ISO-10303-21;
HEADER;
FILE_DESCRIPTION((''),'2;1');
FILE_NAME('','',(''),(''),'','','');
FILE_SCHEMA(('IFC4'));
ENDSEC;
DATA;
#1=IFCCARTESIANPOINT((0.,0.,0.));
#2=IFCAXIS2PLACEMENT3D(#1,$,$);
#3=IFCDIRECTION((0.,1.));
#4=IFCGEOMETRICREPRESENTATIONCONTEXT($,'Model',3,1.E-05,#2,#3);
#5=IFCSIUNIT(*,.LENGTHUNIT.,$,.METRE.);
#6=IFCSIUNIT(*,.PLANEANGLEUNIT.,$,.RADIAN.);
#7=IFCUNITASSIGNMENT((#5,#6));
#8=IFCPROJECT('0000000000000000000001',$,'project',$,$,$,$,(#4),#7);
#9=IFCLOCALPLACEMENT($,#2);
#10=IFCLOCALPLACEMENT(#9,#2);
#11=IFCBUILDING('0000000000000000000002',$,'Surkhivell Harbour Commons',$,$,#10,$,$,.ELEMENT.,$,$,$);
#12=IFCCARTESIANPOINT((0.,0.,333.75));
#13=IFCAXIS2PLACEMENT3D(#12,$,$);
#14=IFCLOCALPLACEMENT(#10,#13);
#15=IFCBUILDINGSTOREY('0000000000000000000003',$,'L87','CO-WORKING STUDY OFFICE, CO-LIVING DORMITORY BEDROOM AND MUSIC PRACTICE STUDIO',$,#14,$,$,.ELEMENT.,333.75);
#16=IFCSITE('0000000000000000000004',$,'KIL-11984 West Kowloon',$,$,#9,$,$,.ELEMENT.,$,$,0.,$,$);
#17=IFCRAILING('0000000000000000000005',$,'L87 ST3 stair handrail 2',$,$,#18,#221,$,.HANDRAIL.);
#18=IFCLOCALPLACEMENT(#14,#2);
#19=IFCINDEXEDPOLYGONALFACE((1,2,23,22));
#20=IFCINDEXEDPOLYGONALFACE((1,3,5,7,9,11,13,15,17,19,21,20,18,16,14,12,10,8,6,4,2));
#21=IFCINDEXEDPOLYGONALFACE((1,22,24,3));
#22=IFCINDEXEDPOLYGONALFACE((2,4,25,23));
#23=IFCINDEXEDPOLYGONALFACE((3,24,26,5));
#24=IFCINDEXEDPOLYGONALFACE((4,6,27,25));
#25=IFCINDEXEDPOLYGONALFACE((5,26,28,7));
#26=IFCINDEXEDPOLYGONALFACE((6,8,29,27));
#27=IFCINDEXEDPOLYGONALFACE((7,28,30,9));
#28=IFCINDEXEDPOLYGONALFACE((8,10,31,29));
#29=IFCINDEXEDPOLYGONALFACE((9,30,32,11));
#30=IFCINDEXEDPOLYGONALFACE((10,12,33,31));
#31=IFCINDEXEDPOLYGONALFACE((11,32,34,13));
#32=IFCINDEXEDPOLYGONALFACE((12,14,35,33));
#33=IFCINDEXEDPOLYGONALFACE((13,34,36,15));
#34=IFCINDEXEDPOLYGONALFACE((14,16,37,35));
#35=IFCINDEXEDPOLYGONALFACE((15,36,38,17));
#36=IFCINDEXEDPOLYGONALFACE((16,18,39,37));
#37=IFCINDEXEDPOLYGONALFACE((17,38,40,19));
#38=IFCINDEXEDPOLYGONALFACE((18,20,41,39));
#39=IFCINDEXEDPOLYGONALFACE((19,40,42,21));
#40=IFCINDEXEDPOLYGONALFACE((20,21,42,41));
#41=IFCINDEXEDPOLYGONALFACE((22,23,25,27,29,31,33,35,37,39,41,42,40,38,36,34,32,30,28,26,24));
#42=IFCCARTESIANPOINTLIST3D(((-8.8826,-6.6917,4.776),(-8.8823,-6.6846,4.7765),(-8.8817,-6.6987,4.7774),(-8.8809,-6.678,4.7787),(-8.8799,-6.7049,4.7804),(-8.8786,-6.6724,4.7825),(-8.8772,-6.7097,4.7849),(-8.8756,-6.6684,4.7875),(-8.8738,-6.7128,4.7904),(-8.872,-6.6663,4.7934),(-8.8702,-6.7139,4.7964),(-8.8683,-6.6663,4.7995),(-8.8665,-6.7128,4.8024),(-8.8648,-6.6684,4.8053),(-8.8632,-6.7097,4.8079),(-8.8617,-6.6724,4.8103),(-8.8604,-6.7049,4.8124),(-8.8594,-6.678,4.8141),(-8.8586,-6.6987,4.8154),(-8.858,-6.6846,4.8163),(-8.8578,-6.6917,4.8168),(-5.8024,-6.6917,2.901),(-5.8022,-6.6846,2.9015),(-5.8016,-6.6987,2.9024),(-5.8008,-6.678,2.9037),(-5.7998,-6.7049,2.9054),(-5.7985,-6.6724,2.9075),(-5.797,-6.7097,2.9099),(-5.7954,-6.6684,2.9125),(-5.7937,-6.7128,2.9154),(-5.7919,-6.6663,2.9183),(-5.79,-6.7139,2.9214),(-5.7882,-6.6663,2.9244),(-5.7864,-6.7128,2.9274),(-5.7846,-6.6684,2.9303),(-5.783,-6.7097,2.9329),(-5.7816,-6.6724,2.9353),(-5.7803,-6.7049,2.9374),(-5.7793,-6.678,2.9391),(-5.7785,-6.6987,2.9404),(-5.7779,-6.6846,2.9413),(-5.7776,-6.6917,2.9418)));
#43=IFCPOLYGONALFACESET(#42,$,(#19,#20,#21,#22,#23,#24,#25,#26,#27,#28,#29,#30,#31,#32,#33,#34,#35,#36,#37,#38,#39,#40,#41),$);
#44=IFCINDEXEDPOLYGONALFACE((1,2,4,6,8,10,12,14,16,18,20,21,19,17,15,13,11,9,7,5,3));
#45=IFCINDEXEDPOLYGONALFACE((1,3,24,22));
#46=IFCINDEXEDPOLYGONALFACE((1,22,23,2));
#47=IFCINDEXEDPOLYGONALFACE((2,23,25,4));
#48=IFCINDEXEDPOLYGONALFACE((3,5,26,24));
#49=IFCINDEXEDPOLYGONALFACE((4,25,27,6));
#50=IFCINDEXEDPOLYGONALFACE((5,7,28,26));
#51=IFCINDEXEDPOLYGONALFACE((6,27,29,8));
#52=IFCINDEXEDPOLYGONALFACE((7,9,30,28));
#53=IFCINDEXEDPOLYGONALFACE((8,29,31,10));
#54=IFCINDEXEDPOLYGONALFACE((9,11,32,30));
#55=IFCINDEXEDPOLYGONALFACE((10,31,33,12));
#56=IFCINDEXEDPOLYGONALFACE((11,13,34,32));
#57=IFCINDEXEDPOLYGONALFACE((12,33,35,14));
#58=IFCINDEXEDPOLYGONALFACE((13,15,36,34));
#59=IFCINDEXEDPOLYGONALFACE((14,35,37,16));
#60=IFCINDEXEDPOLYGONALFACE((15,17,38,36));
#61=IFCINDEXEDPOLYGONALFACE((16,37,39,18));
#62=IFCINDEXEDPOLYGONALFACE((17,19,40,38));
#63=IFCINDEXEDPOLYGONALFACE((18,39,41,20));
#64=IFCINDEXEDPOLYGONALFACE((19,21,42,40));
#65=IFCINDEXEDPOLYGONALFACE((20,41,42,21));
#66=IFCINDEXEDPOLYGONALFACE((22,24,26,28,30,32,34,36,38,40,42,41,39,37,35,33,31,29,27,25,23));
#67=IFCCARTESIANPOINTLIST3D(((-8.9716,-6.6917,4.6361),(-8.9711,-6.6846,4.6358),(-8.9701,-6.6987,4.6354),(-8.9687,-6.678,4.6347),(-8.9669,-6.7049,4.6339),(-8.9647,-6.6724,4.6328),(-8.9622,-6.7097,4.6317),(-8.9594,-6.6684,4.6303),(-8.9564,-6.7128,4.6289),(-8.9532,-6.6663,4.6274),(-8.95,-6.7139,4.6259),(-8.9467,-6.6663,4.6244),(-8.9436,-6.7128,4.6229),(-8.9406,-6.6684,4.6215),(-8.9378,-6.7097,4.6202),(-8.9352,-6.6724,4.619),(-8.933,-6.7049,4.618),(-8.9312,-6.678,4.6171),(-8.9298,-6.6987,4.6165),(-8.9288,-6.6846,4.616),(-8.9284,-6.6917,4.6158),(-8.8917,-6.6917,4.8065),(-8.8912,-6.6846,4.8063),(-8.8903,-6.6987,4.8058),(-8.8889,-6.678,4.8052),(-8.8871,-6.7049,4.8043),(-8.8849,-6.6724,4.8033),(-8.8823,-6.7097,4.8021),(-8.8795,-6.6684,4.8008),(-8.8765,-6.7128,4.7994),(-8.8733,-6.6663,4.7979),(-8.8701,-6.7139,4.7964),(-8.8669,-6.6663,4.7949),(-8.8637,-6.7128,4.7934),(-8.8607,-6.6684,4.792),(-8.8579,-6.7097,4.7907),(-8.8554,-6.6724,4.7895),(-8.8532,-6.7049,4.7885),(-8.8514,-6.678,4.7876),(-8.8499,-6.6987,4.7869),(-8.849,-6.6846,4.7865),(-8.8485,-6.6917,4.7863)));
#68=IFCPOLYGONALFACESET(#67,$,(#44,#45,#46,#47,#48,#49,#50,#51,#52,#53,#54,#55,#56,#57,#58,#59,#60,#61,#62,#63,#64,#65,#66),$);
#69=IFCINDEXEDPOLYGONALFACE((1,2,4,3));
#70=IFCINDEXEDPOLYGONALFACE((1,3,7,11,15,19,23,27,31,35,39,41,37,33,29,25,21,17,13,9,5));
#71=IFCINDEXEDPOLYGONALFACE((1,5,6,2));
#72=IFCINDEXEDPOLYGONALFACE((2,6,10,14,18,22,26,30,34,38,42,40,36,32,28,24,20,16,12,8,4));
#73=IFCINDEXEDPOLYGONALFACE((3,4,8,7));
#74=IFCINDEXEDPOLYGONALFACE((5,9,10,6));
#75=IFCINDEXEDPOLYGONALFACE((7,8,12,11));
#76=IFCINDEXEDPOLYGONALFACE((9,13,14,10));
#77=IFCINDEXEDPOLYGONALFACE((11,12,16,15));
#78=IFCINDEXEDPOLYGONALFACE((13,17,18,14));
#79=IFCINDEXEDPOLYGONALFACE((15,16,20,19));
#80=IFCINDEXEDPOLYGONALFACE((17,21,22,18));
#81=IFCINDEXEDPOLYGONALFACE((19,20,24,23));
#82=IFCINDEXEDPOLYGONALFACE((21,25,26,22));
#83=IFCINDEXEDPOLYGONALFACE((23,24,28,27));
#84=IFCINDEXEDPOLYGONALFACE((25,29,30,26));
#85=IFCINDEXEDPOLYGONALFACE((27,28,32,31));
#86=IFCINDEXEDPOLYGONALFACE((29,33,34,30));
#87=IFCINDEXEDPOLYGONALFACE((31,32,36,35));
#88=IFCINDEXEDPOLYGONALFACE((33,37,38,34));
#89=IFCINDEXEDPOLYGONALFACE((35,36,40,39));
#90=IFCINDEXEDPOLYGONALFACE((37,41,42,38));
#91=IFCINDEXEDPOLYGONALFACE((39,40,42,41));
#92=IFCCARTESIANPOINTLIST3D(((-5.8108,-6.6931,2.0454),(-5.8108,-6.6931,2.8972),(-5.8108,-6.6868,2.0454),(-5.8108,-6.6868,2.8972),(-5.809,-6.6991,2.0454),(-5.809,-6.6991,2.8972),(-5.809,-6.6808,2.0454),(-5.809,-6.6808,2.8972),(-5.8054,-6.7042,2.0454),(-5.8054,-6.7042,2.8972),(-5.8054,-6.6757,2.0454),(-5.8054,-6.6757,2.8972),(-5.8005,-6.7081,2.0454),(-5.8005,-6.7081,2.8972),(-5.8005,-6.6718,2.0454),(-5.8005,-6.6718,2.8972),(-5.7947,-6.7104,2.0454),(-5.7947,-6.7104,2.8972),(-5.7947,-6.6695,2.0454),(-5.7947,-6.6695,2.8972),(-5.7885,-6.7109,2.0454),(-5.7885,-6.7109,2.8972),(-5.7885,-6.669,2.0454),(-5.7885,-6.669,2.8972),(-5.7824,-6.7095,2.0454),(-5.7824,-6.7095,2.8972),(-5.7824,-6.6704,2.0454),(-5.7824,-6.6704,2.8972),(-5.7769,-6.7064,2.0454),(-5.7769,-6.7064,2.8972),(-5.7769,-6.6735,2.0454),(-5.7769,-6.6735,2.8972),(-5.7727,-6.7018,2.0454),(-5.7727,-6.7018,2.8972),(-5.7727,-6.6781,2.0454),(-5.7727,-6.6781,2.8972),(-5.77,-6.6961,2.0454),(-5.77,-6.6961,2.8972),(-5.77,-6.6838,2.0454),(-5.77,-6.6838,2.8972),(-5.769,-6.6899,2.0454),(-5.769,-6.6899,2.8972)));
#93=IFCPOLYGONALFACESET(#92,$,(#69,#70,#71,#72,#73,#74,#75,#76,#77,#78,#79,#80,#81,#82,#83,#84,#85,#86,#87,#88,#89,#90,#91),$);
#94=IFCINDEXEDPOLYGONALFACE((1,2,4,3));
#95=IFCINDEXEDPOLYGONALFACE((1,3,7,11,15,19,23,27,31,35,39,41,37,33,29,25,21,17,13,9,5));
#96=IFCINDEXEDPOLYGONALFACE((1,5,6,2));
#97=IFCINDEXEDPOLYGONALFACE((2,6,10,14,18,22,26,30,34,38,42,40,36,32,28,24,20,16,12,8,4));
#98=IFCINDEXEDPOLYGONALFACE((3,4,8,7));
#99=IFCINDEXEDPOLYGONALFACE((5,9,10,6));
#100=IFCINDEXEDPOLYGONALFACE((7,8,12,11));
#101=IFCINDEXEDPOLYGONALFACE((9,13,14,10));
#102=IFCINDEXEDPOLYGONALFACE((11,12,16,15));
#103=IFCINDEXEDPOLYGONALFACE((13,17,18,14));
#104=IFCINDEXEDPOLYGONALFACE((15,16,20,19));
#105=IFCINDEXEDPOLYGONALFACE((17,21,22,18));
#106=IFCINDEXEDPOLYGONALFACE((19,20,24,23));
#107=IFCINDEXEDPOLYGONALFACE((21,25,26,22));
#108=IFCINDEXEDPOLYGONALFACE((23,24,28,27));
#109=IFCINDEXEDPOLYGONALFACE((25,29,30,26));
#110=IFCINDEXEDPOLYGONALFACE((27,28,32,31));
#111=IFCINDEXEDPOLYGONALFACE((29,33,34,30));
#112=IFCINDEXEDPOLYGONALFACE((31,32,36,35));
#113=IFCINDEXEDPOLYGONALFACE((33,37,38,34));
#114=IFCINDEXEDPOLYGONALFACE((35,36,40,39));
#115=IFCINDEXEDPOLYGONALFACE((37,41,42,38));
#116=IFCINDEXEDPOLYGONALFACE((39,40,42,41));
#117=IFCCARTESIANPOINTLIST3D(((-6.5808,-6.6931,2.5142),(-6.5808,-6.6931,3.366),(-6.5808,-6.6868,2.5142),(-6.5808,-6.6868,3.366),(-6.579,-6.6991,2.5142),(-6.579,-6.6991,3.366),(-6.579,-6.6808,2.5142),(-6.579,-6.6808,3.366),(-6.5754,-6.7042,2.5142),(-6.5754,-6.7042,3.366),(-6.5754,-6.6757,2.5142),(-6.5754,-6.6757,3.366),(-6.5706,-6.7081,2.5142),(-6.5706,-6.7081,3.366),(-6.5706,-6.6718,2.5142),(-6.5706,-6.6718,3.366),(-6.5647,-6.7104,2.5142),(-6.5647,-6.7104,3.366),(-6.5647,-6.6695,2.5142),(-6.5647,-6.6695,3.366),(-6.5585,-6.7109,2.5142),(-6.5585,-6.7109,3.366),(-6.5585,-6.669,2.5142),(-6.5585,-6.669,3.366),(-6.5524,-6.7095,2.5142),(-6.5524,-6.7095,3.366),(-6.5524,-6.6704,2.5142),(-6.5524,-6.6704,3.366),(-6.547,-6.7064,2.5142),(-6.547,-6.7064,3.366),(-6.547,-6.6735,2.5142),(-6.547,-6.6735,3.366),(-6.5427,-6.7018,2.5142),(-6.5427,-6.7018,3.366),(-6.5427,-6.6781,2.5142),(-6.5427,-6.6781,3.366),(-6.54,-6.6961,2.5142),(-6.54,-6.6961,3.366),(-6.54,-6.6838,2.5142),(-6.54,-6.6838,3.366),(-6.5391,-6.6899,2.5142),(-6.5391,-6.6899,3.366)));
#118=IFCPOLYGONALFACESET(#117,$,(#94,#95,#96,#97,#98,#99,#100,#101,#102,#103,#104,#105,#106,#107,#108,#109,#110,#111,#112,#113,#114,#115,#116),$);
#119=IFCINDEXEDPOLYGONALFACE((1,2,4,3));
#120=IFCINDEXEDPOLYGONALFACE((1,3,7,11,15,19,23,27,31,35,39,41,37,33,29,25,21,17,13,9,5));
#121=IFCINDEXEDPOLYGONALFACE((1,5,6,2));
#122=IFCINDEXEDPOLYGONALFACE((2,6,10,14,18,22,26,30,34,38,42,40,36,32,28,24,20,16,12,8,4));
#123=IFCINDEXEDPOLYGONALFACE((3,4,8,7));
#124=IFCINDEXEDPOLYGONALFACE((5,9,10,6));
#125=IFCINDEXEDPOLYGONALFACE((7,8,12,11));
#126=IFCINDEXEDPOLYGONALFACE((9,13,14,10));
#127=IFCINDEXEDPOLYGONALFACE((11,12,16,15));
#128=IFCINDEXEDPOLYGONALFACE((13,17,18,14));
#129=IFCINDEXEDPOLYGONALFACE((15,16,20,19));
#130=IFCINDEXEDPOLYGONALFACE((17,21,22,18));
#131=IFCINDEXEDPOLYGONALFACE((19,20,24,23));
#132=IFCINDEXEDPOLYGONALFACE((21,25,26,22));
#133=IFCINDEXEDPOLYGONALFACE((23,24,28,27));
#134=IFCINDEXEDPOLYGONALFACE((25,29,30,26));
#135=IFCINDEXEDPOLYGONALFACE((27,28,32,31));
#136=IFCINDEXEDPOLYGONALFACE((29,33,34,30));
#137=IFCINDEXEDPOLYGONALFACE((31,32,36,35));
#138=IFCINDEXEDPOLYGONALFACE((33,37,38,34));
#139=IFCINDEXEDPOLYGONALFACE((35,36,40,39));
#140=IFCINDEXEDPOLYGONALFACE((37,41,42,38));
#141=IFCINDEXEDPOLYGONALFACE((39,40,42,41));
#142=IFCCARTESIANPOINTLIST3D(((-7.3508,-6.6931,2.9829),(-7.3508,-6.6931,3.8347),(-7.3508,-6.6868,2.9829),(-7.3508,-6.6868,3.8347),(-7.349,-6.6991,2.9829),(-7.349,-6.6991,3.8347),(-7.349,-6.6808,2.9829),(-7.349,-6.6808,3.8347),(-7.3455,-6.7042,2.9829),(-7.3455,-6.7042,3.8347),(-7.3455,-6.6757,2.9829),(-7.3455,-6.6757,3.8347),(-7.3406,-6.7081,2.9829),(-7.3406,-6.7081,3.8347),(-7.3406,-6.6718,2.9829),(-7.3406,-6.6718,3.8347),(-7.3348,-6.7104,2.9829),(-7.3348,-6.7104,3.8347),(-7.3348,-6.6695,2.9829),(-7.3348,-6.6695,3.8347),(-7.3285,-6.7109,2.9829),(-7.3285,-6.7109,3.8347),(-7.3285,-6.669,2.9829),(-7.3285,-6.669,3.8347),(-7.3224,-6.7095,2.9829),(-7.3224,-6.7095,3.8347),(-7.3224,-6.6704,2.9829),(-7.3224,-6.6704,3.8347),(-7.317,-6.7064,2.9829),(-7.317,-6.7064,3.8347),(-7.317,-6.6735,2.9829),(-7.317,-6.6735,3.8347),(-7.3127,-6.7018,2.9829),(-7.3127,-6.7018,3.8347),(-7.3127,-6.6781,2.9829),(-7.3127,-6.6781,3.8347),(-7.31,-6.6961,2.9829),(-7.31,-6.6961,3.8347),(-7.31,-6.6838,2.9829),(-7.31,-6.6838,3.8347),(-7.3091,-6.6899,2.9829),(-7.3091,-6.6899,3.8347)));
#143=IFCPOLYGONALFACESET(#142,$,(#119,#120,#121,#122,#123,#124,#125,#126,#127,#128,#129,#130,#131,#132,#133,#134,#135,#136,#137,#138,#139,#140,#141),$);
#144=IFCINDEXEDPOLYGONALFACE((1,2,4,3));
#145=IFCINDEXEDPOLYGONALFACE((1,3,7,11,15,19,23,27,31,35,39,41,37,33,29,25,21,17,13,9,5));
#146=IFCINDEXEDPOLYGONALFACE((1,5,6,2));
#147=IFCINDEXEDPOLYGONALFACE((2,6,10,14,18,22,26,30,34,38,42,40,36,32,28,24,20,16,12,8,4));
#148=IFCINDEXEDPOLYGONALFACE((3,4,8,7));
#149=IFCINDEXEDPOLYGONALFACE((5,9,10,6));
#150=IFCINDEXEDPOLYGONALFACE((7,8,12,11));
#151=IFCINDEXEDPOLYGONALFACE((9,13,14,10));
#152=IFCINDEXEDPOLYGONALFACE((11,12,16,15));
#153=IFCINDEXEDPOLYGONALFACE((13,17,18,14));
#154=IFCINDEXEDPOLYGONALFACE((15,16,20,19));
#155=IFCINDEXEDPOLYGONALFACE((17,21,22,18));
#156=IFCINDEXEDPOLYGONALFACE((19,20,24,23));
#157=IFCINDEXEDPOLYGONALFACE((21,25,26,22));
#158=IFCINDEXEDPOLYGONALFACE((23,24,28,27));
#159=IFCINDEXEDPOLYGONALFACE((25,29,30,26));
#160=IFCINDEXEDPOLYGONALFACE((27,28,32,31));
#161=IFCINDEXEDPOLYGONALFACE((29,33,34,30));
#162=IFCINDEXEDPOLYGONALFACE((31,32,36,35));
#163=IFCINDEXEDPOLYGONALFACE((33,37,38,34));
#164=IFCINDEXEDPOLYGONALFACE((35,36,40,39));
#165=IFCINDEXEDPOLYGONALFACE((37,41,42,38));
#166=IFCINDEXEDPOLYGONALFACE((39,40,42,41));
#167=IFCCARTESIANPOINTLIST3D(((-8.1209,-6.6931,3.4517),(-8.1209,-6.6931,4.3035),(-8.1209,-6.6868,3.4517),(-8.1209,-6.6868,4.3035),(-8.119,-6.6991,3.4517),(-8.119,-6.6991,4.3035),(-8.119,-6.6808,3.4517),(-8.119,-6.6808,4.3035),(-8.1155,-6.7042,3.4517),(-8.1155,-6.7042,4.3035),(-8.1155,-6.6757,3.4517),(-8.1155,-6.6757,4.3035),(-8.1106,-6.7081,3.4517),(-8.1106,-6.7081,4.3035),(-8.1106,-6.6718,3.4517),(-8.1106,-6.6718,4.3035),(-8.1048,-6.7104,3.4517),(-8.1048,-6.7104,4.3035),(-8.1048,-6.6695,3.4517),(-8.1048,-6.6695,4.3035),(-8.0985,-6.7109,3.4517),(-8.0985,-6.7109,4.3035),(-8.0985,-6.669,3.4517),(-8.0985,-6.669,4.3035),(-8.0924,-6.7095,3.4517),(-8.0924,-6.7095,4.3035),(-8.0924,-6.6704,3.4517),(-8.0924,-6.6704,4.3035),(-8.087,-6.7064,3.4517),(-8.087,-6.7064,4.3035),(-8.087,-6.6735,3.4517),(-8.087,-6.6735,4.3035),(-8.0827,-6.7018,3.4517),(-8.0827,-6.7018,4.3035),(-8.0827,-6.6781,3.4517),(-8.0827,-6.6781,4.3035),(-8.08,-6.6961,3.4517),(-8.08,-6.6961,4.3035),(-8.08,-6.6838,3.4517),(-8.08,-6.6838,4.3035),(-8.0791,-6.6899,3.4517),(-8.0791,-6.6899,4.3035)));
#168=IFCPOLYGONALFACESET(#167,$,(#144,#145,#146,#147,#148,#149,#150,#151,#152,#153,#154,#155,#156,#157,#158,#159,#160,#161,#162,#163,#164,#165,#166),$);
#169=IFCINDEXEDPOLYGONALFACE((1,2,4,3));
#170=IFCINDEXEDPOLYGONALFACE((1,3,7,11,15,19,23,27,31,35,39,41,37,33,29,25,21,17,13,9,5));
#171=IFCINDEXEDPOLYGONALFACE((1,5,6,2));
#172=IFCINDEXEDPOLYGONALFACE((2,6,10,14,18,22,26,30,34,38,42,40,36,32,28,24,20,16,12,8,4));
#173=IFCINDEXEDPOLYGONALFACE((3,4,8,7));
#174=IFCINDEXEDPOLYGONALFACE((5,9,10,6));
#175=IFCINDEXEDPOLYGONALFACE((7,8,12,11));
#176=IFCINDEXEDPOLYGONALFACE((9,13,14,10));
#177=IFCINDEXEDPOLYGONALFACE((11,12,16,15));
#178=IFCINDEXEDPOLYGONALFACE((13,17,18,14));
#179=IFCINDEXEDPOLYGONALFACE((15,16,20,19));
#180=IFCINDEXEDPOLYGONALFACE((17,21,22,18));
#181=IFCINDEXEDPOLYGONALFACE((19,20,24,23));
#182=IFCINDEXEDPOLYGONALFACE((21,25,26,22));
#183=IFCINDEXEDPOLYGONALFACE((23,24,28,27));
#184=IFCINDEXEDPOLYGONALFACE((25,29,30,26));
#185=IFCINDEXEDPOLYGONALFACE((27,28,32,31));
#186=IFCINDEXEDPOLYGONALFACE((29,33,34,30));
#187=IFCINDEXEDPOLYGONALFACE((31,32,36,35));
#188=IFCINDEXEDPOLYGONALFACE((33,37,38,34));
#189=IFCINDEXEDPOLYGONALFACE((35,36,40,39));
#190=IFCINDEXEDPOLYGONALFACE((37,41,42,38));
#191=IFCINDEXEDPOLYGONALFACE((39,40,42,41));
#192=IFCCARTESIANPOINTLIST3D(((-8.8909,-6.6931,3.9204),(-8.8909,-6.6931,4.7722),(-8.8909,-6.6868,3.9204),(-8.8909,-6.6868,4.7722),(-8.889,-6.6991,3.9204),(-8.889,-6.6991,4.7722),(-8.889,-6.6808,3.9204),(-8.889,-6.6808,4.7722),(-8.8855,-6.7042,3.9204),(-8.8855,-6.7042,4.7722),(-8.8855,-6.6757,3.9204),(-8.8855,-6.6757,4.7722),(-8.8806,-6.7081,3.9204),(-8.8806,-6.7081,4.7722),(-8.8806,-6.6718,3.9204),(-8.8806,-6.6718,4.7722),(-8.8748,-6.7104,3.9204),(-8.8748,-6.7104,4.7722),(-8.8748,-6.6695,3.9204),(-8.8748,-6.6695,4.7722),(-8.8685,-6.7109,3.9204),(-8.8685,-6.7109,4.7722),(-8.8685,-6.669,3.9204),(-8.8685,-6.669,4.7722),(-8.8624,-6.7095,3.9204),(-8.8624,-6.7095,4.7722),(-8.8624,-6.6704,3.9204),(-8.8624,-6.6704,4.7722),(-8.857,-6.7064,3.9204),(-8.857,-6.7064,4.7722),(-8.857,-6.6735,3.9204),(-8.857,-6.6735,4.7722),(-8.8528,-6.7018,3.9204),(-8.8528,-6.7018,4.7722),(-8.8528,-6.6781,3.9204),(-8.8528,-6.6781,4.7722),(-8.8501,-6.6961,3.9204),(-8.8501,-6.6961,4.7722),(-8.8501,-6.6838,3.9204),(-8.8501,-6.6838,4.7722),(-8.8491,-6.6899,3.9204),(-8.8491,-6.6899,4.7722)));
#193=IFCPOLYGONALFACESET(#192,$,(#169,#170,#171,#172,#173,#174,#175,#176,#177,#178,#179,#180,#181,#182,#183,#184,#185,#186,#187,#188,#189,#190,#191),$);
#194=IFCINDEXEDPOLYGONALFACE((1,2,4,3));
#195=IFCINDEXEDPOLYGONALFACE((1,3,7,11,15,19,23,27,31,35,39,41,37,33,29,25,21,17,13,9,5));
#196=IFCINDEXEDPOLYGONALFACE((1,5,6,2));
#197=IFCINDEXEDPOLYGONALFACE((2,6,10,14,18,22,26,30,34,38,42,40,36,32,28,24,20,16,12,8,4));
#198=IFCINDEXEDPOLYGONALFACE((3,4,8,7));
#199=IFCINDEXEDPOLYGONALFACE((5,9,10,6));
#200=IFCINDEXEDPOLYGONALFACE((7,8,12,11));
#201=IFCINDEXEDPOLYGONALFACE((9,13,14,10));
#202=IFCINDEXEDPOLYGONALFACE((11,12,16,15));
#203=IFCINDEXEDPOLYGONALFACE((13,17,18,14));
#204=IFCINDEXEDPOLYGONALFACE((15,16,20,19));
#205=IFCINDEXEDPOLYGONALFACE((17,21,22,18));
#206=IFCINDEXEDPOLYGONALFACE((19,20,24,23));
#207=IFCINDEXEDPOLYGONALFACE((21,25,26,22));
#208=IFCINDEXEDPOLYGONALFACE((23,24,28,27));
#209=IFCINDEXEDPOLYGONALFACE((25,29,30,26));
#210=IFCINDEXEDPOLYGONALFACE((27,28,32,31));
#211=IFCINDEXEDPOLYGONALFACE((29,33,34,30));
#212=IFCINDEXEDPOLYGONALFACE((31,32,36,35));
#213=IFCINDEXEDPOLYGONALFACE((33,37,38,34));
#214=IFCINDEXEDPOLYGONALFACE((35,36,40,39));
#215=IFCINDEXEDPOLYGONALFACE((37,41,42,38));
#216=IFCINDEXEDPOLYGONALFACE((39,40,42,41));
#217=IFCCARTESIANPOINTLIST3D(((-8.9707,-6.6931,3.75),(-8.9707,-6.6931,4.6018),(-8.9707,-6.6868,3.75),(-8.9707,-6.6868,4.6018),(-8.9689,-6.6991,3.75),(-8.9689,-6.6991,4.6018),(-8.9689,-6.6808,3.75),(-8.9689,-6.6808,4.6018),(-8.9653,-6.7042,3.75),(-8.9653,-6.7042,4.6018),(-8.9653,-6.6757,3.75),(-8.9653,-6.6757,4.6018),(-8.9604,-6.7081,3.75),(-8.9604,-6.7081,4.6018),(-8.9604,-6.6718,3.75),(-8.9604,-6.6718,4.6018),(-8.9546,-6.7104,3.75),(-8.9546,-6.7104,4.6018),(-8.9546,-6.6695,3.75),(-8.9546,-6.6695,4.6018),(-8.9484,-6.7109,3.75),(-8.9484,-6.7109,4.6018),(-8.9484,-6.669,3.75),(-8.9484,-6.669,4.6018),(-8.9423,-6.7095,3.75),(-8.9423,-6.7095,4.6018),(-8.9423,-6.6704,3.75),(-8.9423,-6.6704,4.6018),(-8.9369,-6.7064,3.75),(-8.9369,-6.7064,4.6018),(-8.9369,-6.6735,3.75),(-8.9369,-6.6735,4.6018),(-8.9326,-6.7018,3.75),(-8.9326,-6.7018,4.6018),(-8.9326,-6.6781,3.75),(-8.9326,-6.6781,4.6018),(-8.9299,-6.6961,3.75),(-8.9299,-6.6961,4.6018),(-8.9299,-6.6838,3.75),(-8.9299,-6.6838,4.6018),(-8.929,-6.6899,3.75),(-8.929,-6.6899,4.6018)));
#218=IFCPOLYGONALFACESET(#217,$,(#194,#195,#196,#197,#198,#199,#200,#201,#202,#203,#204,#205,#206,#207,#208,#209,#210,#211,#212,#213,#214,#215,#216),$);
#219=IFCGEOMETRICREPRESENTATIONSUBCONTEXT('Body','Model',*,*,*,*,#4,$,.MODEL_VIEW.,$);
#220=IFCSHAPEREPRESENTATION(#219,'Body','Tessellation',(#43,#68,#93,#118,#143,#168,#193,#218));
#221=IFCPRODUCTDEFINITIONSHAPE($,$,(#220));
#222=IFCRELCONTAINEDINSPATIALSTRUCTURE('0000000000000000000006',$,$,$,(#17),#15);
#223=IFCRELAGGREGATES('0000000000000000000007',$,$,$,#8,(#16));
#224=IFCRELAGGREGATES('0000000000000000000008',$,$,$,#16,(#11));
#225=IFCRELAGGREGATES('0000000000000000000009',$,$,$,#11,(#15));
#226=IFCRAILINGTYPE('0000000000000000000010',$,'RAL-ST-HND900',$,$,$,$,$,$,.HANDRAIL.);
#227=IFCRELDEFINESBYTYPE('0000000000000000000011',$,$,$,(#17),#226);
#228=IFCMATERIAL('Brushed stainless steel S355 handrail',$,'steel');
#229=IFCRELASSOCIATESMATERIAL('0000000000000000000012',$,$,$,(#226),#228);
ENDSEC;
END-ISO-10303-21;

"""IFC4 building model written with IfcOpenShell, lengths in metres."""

from ifc_helpers import new_model, si_unit, direction, frame, origin, origin_2d, place, context, subcontext, project, spatial, circle, extrude, material, type_object, element, save


model = new_model("IFC4")

# Units and contexts
model_context = context("Model", 3, precision=1e-05, world=origin(), true_north=direction((0.0, 1.0)))
body_context = subcontext(model_context, "Body", "Model", "MODEL_VIEW")
ifc_project = project(units=[si_unit("LENGTHUNIT", "METRE"), si_unit("PLANEANGLEUNIT", "RADIAN")], contexts=[model_context])

# Site, building, storey
site_placement = place(None, origin())
site = spatial("IfcSite", under=ifc_project, at=site_placement, Name="KIL-11984 West Kowloon", CompositionType="ELEMENT", RefElevation=0.0)
building_placement = place(site_placement, origin())
building = spatial("IfcBuilding", under=site, at=building_placement, Name="Surkhivell Harbour Commons", CompositionType="ELEMENT")
storey_placement = place(building_placement, frame((0.0, 0.0, 333.75)))
storey = spatial("IfcBuildingStorey", under=building, at=storey_placement, Name="L87", Description="CO-WORKING STUDY OFFICE, CO-LIVING DORMITORY BEDROOM AND MUSIC PRACTICE STUDIO", CompositionType="ELEMENT", Elevation=333.75)

# Railing
ifc_material_1 = material(Name="Brushed stainless steel S355 handrail", Category="steel")
railing_type = type_object("IfcRailingType", Name="RAL-ST-HND900", PredefinedType="HANDRAIL", material=ifc_material_1)
railing_placement = place(storey_placement, frame((-5.79, -6.6899, 2.0454)))
element("IfcRailing", 1, at=railing_placement, inside=storey, type_object=railing_type, Name="L87 ST3 stair handrail 2", PredefinedType="HANDRAIL", context=body_context, shape_type="SweptSolid", body=[
    extrude(circle(Radius=0.0239, at=origin_2d()), frame((0.0, 0.0, 0.876), z_axis=(-0.854178, 0.0, 0.519981), x_axis=(0.0, -1.0, 0.0)), (0.0, 0.0, 1.0), 3.606),
    extrude(circle(Radius=0.0239, at=origin_2d()), frame((-3.0801, 0.0, 2.751), z_axis=(-0.424234, 0.0, -0.905552), x_axis=(0.0, -1.0, 0.0)), (0.0, 0.0, 1.0), 0.1882),
    extrude(circle(Radius=0.021, at=origin_2d()), origin(), (0.0, 0.0, 1.0), 0.8518),
    extrude(circle(Radius=0.021, at=origin_2d()), frame((-0.77, 0.0, 0.4688)), (0.0, 0.0, 1.0), 0.8518),
    extrude(circle(Radius=0.021, at=origin_2d()), frame((-1.54, 0.0, 0.9375)), (0.0, 0.0, 1.0), 0.8518),
    extrude(circle(Radius=0.021, at=origin_2d()), frame((-2.3101, 0.0, 1.4062)), (0.0, 0.0, 1.0), 0.8518),
    extrude(circle(Radius=0.021, at=origin_2d()), frame((-3.0801, 0.0, 1.875)), (0.0, 0.0, 1.0), 0.8518),
    extrude(circle(Radius=0.021, at=origin_2d()), frame((-3.1599, 0.0, 1.7046)), (0.0, 0.0, 1.0), 0.8518),
])

save(model, "model.ifc")
